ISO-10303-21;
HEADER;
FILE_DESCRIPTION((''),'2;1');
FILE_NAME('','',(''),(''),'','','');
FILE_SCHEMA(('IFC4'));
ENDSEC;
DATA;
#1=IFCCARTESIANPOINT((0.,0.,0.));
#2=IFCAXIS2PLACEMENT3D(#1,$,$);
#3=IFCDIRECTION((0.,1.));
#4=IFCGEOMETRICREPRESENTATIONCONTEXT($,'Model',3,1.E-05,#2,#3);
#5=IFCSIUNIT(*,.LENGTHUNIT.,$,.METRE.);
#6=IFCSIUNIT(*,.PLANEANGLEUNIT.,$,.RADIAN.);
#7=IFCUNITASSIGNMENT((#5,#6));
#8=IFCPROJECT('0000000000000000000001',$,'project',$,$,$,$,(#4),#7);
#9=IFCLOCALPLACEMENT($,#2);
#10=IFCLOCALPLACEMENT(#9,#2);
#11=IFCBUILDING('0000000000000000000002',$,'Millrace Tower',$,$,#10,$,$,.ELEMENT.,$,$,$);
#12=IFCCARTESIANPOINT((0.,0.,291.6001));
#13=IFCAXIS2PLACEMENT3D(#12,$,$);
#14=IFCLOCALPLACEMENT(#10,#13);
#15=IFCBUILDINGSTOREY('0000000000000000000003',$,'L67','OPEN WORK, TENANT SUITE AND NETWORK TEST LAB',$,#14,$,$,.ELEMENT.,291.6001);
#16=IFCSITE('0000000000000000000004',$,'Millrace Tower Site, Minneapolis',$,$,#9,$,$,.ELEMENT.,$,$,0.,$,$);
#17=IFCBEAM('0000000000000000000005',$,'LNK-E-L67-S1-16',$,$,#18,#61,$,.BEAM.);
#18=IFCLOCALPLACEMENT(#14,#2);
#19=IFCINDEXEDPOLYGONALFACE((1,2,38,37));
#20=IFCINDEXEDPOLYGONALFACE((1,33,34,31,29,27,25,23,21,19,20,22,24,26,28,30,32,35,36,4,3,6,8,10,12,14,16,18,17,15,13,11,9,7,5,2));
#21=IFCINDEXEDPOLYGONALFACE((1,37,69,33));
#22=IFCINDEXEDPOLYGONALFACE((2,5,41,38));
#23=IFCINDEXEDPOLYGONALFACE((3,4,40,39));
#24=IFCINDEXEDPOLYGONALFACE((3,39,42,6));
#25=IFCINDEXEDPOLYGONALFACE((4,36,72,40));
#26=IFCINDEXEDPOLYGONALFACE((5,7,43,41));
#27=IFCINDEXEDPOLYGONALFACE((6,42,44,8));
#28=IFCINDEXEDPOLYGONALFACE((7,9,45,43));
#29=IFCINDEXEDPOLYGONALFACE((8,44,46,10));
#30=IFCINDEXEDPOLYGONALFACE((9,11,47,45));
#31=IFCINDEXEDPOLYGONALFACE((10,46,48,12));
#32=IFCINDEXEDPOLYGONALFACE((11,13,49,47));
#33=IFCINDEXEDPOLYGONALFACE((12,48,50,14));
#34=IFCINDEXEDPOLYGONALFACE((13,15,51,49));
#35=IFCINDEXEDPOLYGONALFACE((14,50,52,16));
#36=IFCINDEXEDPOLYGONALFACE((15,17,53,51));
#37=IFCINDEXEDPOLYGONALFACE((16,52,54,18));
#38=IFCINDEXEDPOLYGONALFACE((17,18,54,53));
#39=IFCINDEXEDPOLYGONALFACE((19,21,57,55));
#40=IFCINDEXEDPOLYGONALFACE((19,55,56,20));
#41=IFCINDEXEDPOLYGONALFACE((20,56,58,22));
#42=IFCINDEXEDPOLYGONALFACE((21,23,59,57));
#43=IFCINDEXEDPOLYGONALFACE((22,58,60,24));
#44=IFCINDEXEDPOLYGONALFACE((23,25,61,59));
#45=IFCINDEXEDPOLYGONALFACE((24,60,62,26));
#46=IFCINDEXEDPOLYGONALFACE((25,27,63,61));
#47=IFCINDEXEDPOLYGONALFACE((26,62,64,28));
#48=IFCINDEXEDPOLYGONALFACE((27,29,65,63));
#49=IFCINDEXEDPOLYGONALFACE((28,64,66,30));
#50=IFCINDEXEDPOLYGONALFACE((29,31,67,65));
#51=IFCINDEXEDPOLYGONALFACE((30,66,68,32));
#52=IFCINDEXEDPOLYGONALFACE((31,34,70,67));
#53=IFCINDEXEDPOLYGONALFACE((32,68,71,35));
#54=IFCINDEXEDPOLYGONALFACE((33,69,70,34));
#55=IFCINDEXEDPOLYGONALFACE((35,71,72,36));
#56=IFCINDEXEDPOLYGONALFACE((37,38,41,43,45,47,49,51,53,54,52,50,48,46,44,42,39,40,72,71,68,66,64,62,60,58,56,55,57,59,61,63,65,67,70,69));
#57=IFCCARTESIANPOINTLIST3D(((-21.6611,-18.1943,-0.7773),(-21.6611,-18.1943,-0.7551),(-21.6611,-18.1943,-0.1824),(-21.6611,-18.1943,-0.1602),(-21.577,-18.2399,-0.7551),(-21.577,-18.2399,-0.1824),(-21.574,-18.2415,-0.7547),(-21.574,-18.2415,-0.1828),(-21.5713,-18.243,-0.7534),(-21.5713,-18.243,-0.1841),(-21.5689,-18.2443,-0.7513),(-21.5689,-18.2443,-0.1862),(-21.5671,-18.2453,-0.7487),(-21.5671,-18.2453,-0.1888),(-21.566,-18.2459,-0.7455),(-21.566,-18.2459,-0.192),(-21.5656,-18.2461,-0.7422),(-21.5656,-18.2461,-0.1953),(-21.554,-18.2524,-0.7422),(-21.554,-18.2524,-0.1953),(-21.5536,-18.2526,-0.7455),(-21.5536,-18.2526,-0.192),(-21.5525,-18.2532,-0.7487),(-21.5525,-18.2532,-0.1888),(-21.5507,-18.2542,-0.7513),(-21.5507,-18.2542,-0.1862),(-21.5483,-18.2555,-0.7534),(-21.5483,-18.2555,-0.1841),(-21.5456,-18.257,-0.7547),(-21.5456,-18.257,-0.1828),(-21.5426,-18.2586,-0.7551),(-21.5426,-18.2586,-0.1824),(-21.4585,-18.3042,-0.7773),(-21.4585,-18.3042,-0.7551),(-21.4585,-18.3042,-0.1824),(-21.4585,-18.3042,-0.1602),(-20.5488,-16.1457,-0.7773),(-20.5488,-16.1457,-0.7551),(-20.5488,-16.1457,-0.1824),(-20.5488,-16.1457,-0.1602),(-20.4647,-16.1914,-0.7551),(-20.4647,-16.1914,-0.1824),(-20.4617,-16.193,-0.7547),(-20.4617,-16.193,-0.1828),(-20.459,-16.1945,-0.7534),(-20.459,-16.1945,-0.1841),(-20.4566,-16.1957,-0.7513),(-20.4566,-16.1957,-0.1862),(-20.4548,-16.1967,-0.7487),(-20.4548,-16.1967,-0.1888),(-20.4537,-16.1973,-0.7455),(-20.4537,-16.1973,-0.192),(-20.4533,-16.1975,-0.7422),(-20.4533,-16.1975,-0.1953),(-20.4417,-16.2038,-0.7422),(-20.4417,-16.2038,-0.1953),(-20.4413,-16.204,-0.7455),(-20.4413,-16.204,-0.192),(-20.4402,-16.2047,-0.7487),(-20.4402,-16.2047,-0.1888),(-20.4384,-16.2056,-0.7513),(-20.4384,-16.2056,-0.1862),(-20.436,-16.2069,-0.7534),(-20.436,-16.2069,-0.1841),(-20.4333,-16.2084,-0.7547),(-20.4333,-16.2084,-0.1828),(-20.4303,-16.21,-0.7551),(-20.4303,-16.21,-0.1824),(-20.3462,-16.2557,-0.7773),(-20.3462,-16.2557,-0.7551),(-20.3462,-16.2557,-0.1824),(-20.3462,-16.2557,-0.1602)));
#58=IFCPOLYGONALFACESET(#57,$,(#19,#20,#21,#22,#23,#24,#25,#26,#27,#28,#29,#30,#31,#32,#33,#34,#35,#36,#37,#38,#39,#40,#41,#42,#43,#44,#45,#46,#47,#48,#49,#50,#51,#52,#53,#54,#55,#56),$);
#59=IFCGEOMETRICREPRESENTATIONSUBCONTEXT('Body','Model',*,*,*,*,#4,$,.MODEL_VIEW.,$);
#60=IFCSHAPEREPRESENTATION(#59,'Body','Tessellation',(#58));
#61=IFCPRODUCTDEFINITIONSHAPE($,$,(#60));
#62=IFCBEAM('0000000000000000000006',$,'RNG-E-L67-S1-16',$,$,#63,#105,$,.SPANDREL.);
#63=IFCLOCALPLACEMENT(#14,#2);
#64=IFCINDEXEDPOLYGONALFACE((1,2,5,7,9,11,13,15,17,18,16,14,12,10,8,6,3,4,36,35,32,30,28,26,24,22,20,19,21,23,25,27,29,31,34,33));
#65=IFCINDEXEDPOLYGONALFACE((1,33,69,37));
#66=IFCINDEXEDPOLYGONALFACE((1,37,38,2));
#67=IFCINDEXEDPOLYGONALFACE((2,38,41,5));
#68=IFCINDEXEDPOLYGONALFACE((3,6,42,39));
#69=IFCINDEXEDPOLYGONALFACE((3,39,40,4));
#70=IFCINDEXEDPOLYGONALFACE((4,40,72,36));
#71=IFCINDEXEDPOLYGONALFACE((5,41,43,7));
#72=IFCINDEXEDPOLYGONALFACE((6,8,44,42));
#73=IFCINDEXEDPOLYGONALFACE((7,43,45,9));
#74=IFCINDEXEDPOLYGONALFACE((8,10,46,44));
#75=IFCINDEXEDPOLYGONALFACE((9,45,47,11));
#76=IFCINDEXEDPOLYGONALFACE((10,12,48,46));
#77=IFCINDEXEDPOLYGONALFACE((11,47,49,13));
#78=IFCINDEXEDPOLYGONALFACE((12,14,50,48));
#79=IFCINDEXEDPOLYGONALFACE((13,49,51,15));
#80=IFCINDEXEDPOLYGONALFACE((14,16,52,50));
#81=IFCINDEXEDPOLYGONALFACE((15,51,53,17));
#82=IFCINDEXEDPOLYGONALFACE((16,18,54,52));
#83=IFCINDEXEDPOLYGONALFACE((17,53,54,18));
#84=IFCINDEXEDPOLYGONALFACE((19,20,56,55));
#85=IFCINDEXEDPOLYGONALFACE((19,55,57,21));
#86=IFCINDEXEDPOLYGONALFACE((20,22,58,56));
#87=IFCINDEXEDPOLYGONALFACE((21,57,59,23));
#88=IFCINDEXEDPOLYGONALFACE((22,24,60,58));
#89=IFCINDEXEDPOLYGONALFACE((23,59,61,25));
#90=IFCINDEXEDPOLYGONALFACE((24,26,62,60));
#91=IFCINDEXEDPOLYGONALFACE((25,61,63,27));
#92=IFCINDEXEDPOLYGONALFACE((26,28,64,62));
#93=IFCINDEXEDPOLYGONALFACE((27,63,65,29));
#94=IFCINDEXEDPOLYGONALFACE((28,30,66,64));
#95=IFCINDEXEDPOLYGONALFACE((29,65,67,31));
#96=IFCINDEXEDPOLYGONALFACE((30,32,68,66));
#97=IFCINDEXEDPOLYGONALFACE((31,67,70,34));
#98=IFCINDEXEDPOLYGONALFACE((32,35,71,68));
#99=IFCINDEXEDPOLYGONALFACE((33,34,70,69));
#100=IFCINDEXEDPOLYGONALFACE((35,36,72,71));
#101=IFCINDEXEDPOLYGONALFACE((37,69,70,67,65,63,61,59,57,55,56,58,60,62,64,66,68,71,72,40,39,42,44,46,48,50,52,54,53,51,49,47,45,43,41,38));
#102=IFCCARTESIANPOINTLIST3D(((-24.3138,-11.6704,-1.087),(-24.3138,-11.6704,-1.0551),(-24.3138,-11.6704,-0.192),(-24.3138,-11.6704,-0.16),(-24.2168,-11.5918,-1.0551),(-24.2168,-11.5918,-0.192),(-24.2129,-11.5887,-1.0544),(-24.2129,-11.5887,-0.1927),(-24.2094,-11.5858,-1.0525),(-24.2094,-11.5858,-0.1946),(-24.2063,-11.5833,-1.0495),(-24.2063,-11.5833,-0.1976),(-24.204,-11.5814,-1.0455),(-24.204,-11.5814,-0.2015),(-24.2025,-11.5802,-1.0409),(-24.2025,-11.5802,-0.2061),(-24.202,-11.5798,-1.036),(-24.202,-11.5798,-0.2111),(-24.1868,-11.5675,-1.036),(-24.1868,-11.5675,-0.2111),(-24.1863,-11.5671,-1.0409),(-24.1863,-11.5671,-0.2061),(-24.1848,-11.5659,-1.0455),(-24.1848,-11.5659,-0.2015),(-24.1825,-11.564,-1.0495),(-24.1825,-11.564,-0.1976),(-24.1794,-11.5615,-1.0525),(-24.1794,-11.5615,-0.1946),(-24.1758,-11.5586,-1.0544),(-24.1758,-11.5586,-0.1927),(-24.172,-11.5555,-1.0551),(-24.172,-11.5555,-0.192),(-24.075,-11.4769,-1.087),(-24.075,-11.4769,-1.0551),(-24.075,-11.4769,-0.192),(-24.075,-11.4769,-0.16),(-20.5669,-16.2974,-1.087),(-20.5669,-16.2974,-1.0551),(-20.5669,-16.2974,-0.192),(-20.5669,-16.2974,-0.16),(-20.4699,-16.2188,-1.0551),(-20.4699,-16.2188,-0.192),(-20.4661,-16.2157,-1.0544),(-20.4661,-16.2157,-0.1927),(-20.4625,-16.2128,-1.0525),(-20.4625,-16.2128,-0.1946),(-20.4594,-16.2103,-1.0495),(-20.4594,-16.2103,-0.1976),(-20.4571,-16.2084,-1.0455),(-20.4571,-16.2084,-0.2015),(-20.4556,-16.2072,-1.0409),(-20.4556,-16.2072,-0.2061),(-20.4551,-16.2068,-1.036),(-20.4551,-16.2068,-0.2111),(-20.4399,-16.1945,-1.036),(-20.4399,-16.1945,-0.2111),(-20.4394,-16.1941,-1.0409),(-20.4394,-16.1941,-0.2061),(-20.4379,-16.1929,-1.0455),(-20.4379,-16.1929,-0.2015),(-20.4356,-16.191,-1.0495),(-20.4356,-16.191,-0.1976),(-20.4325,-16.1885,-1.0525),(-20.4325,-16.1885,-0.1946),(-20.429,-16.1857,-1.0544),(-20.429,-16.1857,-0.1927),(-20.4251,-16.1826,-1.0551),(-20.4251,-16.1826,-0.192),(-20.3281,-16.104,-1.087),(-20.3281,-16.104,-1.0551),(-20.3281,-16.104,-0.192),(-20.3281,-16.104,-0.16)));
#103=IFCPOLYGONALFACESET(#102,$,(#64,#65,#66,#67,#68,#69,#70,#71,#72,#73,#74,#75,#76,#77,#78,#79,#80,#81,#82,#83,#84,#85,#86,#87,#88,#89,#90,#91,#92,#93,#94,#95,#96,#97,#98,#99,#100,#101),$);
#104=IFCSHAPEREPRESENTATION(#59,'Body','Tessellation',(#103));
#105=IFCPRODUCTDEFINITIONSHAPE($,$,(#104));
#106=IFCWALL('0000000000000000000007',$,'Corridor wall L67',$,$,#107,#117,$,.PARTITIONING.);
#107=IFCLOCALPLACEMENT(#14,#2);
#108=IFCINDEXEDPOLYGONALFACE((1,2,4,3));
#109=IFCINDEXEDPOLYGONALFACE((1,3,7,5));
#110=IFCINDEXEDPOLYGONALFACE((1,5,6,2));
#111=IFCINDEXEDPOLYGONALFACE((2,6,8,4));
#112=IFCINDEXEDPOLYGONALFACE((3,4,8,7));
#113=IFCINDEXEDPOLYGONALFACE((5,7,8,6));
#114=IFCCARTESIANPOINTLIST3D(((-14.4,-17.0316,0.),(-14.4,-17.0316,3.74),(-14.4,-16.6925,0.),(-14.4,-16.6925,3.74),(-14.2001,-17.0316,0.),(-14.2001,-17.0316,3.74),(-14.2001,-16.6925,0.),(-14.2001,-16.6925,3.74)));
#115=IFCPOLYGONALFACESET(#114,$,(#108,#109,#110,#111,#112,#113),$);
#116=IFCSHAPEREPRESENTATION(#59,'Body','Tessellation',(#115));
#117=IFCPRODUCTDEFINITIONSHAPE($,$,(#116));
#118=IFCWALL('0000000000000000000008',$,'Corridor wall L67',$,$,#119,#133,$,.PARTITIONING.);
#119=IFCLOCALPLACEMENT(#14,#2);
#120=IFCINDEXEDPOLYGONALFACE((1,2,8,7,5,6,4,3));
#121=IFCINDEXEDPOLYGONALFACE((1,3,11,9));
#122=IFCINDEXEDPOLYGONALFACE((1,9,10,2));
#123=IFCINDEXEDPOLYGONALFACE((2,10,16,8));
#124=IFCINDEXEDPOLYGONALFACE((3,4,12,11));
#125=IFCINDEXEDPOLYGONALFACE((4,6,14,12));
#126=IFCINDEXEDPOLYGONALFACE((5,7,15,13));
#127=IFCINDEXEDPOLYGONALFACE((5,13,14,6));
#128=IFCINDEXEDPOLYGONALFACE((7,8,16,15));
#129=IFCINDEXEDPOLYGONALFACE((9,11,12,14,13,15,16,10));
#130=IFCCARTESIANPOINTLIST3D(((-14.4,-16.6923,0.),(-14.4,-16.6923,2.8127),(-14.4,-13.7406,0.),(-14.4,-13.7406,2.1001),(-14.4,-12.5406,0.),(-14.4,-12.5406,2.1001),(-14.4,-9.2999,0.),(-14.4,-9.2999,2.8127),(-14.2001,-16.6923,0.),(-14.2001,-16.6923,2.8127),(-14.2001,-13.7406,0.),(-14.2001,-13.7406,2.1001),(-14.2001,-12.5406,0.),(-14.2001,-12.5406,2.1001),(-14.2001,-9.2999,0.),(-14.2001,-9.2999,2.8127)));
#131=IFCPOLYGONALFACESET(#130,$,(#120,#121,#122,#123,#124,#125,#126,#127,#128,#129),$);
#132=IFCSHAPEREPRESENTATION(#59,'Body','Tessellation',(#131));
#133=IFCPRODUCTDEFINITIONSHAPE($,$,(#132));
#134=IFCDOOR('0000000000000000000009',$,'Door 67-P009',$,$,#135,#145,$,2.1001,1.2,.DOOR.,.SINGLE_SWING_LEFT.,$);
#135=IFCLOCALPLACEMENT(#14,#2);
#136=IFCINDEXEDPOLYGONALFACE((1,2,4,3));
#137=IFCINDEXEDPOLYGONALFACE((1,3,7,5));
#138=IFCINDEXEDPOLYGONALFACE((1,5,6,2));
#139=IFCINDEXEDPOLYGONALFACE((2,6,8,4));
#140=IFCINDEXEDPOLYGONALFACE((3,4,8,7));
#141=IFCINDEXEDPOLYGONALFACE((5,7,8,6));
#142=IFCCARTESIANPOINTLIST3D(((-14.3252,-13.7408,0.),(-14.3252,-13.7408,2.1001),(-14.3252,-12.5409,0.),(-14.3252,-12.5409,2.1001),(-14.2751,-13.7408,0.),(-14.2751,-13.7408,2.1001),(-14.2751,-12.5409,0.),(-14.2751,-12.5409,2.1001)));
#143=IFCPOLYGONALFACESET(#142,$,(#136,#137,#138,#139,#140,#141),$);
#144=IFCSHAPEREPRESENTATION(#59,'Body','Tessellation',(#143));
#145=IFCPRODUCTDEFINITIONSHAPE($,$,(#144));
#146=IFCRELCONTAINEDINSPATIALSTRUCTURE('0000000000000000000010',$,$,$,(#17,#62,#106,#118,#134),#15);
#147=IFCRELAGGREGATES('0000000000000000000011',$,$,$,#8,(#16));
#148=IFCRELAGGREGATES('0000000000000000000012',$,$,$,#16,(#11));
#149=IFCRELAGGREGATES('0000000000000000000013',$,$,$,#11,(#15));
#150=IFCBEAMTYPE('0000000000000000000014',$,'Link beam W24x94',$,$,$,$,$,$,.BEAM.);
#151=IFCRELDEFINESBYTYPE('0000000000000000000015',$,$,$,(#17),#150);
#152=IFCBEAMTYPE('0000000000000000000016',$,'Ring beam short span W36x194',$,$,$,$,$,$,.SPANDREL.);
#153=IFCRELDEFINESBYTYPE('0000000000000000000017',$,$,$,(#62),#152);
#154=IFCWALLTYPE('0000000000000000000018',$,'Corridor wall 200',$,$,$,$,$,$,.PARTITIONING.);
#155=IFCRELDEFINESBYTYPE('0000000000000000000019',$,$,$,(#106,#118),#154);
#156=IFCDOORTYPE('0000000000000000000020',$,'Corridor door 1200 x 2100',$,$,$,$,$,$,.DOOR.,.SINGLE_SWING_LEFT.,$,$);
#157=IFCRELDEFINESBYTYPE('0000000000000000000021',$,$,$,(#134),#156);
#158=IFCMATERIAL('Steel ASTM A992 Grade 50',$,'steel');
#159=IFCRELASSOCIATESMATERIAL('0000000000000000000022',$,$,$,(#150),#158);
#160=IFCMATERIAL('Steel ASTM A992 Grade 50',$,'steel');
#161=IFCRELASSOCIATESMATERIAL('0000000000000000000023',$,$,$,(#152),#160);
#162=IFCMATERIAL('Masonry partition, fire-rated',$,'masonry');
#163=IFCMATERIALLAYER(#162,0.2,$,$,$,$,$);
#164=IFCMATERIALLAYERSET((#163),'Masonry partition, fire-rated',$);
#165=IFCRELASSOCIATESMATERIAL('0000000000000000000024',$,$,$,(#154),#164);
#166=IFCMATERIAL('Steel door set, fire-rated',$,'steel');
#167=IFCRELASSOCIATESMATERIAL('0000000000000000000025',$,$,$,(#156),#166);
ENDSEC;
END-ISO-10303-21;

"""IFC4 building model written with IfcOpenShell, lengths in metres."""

from ifc_helpers import new_model, si_unit, direction, frame, frame_2d, origin, origin_2d, place, context, subcontext, project, spatial, rectangle, i_section, extrude, material, layer, layer_set, material_profile, profile_set, type_object, element, fill, save


model = new_model("IFC4")

# Units and contexts
model_context = context("Model", 3, precision=1e-05, world=origin(), true_north=direction((0.0, 1.0)))
body_context = subcontext(model_context, "Body", "Model", "MODEL_VIEW")
ifc_project = project(units=[si_unit("LENGTHUNIT", "METRE"), si_unit("PLANEANGLEUNIT", "RADIAN")], contexts=[model_context])

# Site, building, storey
site_placement = place(None, origin())
site = spatial("IfcSite", under=ifc_project, at=site_placement, Name="Millrace Tower Site, Minneapolis", CompositionType="ELEMENT", RefElevation=0.0)
building_placement = place(site_placement, origin())
building = spatial("IfcBuilding", under=site, at=building_placement, Name="Millrace Tower", CompositionType="ELEMENT")
storey_placement = place(building_placement, frame((0.0, 0.0, 291.6001)))
storey = spatial("IfcBuildingStorey", under=building, at=storey_placement, Name="L67", Description="OPEN WORK, TENANT SUITE AND NETWORK TEST LAB", CompositionType="ELEMENT", Elevation=291.6001)

# Beams
ifc_material_1 = material(Name="Steel ASTM A992 Grade 50", Category="steel")
ifc_material_profile_1 = material_profile(ifc_material_1, i_section(OverallWidth=0.2305, OverallDepth=0.6172, WebThickness=0.0132, FlangeThickness=0.0222, FilletRadius=0.0129, at=origin_2d()))
ifc_profile_set_1 = profile_set([ifc_material_profile_1], Name="Steel ASTM A992 Grade 50")
beam_type_1 = type_object("IfcBeamType", Name="Link beam W24x94", PredefinedType="BEAM", material=ifc_profile_set_1)
beam_1_placement = place(storey_placement, frame((-20.4475, -16.2007, -0.4688), z_axis=(-0.477164, -0.878815, 0.0), x_axis=(0.878815, -0.477164, 0.0)))
element("IfcBeam", 1, at=beam_1_placement, inside=storey, type_object=beam_type_1, Name="LNK-E-L67-S1-16", PredefinedType="BEAM", context=body_context, shape_type="SweptSolid", body=[
    extrude(i_section(OverallWidth=0.2305, OverallDepth=0.6172, WebThickness=0.0132, FlangeThickness=0.0222, FilletRadius=0.0129, at=origin_2d()), origin(), (0.0, 0.0, 1.0), 2.3311),
])
ifc_material_2 = material(Name="Steel ASTM A992 Grade 50", Category="steel")
ifc_material_profile_2 = material_profile(ifc_material_2, i_section(OverallWidth=0.3074, OverallDepth=0.927, WebThickness=0.0195, FlangeThickness=0.032, FilletRadius=0.019, at=origin_2d()))
ifc_profile_set_2 = profile_set([ifc_material_profile_2], Name="Steel ASTM A992 Grade 50")
beam_type_2 = type_object("IfcBeamType", Name="Ring beam short span W36x194", PredefinedType="SPANDREL", material=ifc_profile_set_2)
beam_2_placement = place(storey_placement, frame((-20.4475, -16.2007, -0.6235), z_axis=(-0.62932, 0.777147, 0.0), x_axis=(-0.777147, -0.62932, 0.0)))
element("IfcBeam", 2, at=beam_2_placement, inside=storey, type_object=beam_type_2, Name="RNG-E-L67-S1-16", PredefinedType="SPANDREL", context=body_context, shape_type="SweptSolid", body=[
    extrude(i_section(OverallWidth=0.3074, OverallDepth=0.927, WebThickness=0.0195, FlangeThickness=0.032, FilletRadius=0.019, at=origin_2d()), origin(), (0.0, 0.0, 1.0), 5.9539),
])

# Wall
ifc_material_3 = material(Name="Masonry partition, fire-rated", Category="masonry")
ifc_layer_1 = layer(ifc_material_3, 0.2)
ifc_layer_set_1 = layer_set([ifc_layer_1], Name="Masonry partition, fire-rated")
wall_type = type_object("IfcWallType", Name="Corridor wall 200", PredefinedType="PARTITIONING", material=ifc_layer_set_1)
wall_1_placement = place(storey_placement, frame((-14.3, -17.0315, 0.0), z_axis=(0.0, 0.0, 1.0), x_axis=(0.0, 1.0, 0.0)))
element("IfcWall", 3, at=wall_1_placement, inside=storey, type_object=wall_type, Name="Corridor wall L67", PredefinedType="PARTITIONING", context=body_context, shape_type="SweptSolid", body=[
    extrude(rectangle(XDim=0.3391, YDim=0.2, at=frame_2d((0.1694, 0.0))), origin(), (0.0, 0.0, 1.0), 3.74),
])

# Wall, opening, door
wall_2_placement = place(storey_placement, frame((-14.3, -16.6924, 0.0), z_axis=(0.0, 0.0, 1.0), x_axis=(0.0, 1.0, 0.0)))
wall_2 = element("IfcWall", 4, at=wall_2_placement, inside=storey, type_object=wall_type, Name="Corridor wall L67", PredefinedType="PARTITIONING", context=body_context, shape_type="SweptSolid", body=[
    extrude(rectangle(XDim=7.3923, YDim=0.2, at=frame_2d((3.6963, 0.0))), origin(), (0.0, 0.0, 1.0), 2.8127),
])
opening_1_placement = place(wall_2_placement, frame((2.9517, 0.0, 0.0)))
opening_1 = element("IfcOpeningElement", 5, at=opening_1_placement, cuts=wall_2, PredefinedType="OPENING", context=body_context, shape_type="SweptSolid", body=[
    extrude(rectangle(XDim=1.2, YDim=2.1001, at=frame_2d((0.6001, 1.05))), frame((0.0, 0.1099, 0.0), z_axis=(0.0, -1.0, 0.0), x_axis=(1.0, 0.0, 0.0)), (0.0, 0.0, 1.0), 0.22),
])
ifc_material_4 = material(Name="Steel door set, fire-rated", Category="steel")
door_type_1 = type_object("IfcDoorType", Name="Corridor door 1200 x 2100", OperationType="SINGLE_SWING_LEFT", PredefinedType="DOOR", material=ifc_material_4)
door_1_placement = place(opening_1_placement, frame((1.2, 0.0, 0.0), z_axis=(0.0, 0.0, 1.0), x_axis=(-1.0, 0.0, 0.0)))
door_1 = element("IfcDoor", 6, at=door_1_placement, inside=storey, type_object=door_type_1, Name="Door 67-P009", OperationType="SINGLE_SWING_LEFT", OverallHeight=2.1001, OverallWidth=1.2, PredefinedType="DOOR", context=body_context, shape_type="SweptSolid", body=[
    extrude(rectangle(XDim=1.2, YDim=2.1001, at=frame_2d((0.6001, 1.05))), frame((0.0, 0.0249, 0.0), z_axis=(0.0, -1.0, 0.0), x_axis=(1.0, 0.0, 0.0)), (0.0, 0.0, 1.0), 0.05),
])
fill(opening_1, door_1)

save(model, "model.ifc")
